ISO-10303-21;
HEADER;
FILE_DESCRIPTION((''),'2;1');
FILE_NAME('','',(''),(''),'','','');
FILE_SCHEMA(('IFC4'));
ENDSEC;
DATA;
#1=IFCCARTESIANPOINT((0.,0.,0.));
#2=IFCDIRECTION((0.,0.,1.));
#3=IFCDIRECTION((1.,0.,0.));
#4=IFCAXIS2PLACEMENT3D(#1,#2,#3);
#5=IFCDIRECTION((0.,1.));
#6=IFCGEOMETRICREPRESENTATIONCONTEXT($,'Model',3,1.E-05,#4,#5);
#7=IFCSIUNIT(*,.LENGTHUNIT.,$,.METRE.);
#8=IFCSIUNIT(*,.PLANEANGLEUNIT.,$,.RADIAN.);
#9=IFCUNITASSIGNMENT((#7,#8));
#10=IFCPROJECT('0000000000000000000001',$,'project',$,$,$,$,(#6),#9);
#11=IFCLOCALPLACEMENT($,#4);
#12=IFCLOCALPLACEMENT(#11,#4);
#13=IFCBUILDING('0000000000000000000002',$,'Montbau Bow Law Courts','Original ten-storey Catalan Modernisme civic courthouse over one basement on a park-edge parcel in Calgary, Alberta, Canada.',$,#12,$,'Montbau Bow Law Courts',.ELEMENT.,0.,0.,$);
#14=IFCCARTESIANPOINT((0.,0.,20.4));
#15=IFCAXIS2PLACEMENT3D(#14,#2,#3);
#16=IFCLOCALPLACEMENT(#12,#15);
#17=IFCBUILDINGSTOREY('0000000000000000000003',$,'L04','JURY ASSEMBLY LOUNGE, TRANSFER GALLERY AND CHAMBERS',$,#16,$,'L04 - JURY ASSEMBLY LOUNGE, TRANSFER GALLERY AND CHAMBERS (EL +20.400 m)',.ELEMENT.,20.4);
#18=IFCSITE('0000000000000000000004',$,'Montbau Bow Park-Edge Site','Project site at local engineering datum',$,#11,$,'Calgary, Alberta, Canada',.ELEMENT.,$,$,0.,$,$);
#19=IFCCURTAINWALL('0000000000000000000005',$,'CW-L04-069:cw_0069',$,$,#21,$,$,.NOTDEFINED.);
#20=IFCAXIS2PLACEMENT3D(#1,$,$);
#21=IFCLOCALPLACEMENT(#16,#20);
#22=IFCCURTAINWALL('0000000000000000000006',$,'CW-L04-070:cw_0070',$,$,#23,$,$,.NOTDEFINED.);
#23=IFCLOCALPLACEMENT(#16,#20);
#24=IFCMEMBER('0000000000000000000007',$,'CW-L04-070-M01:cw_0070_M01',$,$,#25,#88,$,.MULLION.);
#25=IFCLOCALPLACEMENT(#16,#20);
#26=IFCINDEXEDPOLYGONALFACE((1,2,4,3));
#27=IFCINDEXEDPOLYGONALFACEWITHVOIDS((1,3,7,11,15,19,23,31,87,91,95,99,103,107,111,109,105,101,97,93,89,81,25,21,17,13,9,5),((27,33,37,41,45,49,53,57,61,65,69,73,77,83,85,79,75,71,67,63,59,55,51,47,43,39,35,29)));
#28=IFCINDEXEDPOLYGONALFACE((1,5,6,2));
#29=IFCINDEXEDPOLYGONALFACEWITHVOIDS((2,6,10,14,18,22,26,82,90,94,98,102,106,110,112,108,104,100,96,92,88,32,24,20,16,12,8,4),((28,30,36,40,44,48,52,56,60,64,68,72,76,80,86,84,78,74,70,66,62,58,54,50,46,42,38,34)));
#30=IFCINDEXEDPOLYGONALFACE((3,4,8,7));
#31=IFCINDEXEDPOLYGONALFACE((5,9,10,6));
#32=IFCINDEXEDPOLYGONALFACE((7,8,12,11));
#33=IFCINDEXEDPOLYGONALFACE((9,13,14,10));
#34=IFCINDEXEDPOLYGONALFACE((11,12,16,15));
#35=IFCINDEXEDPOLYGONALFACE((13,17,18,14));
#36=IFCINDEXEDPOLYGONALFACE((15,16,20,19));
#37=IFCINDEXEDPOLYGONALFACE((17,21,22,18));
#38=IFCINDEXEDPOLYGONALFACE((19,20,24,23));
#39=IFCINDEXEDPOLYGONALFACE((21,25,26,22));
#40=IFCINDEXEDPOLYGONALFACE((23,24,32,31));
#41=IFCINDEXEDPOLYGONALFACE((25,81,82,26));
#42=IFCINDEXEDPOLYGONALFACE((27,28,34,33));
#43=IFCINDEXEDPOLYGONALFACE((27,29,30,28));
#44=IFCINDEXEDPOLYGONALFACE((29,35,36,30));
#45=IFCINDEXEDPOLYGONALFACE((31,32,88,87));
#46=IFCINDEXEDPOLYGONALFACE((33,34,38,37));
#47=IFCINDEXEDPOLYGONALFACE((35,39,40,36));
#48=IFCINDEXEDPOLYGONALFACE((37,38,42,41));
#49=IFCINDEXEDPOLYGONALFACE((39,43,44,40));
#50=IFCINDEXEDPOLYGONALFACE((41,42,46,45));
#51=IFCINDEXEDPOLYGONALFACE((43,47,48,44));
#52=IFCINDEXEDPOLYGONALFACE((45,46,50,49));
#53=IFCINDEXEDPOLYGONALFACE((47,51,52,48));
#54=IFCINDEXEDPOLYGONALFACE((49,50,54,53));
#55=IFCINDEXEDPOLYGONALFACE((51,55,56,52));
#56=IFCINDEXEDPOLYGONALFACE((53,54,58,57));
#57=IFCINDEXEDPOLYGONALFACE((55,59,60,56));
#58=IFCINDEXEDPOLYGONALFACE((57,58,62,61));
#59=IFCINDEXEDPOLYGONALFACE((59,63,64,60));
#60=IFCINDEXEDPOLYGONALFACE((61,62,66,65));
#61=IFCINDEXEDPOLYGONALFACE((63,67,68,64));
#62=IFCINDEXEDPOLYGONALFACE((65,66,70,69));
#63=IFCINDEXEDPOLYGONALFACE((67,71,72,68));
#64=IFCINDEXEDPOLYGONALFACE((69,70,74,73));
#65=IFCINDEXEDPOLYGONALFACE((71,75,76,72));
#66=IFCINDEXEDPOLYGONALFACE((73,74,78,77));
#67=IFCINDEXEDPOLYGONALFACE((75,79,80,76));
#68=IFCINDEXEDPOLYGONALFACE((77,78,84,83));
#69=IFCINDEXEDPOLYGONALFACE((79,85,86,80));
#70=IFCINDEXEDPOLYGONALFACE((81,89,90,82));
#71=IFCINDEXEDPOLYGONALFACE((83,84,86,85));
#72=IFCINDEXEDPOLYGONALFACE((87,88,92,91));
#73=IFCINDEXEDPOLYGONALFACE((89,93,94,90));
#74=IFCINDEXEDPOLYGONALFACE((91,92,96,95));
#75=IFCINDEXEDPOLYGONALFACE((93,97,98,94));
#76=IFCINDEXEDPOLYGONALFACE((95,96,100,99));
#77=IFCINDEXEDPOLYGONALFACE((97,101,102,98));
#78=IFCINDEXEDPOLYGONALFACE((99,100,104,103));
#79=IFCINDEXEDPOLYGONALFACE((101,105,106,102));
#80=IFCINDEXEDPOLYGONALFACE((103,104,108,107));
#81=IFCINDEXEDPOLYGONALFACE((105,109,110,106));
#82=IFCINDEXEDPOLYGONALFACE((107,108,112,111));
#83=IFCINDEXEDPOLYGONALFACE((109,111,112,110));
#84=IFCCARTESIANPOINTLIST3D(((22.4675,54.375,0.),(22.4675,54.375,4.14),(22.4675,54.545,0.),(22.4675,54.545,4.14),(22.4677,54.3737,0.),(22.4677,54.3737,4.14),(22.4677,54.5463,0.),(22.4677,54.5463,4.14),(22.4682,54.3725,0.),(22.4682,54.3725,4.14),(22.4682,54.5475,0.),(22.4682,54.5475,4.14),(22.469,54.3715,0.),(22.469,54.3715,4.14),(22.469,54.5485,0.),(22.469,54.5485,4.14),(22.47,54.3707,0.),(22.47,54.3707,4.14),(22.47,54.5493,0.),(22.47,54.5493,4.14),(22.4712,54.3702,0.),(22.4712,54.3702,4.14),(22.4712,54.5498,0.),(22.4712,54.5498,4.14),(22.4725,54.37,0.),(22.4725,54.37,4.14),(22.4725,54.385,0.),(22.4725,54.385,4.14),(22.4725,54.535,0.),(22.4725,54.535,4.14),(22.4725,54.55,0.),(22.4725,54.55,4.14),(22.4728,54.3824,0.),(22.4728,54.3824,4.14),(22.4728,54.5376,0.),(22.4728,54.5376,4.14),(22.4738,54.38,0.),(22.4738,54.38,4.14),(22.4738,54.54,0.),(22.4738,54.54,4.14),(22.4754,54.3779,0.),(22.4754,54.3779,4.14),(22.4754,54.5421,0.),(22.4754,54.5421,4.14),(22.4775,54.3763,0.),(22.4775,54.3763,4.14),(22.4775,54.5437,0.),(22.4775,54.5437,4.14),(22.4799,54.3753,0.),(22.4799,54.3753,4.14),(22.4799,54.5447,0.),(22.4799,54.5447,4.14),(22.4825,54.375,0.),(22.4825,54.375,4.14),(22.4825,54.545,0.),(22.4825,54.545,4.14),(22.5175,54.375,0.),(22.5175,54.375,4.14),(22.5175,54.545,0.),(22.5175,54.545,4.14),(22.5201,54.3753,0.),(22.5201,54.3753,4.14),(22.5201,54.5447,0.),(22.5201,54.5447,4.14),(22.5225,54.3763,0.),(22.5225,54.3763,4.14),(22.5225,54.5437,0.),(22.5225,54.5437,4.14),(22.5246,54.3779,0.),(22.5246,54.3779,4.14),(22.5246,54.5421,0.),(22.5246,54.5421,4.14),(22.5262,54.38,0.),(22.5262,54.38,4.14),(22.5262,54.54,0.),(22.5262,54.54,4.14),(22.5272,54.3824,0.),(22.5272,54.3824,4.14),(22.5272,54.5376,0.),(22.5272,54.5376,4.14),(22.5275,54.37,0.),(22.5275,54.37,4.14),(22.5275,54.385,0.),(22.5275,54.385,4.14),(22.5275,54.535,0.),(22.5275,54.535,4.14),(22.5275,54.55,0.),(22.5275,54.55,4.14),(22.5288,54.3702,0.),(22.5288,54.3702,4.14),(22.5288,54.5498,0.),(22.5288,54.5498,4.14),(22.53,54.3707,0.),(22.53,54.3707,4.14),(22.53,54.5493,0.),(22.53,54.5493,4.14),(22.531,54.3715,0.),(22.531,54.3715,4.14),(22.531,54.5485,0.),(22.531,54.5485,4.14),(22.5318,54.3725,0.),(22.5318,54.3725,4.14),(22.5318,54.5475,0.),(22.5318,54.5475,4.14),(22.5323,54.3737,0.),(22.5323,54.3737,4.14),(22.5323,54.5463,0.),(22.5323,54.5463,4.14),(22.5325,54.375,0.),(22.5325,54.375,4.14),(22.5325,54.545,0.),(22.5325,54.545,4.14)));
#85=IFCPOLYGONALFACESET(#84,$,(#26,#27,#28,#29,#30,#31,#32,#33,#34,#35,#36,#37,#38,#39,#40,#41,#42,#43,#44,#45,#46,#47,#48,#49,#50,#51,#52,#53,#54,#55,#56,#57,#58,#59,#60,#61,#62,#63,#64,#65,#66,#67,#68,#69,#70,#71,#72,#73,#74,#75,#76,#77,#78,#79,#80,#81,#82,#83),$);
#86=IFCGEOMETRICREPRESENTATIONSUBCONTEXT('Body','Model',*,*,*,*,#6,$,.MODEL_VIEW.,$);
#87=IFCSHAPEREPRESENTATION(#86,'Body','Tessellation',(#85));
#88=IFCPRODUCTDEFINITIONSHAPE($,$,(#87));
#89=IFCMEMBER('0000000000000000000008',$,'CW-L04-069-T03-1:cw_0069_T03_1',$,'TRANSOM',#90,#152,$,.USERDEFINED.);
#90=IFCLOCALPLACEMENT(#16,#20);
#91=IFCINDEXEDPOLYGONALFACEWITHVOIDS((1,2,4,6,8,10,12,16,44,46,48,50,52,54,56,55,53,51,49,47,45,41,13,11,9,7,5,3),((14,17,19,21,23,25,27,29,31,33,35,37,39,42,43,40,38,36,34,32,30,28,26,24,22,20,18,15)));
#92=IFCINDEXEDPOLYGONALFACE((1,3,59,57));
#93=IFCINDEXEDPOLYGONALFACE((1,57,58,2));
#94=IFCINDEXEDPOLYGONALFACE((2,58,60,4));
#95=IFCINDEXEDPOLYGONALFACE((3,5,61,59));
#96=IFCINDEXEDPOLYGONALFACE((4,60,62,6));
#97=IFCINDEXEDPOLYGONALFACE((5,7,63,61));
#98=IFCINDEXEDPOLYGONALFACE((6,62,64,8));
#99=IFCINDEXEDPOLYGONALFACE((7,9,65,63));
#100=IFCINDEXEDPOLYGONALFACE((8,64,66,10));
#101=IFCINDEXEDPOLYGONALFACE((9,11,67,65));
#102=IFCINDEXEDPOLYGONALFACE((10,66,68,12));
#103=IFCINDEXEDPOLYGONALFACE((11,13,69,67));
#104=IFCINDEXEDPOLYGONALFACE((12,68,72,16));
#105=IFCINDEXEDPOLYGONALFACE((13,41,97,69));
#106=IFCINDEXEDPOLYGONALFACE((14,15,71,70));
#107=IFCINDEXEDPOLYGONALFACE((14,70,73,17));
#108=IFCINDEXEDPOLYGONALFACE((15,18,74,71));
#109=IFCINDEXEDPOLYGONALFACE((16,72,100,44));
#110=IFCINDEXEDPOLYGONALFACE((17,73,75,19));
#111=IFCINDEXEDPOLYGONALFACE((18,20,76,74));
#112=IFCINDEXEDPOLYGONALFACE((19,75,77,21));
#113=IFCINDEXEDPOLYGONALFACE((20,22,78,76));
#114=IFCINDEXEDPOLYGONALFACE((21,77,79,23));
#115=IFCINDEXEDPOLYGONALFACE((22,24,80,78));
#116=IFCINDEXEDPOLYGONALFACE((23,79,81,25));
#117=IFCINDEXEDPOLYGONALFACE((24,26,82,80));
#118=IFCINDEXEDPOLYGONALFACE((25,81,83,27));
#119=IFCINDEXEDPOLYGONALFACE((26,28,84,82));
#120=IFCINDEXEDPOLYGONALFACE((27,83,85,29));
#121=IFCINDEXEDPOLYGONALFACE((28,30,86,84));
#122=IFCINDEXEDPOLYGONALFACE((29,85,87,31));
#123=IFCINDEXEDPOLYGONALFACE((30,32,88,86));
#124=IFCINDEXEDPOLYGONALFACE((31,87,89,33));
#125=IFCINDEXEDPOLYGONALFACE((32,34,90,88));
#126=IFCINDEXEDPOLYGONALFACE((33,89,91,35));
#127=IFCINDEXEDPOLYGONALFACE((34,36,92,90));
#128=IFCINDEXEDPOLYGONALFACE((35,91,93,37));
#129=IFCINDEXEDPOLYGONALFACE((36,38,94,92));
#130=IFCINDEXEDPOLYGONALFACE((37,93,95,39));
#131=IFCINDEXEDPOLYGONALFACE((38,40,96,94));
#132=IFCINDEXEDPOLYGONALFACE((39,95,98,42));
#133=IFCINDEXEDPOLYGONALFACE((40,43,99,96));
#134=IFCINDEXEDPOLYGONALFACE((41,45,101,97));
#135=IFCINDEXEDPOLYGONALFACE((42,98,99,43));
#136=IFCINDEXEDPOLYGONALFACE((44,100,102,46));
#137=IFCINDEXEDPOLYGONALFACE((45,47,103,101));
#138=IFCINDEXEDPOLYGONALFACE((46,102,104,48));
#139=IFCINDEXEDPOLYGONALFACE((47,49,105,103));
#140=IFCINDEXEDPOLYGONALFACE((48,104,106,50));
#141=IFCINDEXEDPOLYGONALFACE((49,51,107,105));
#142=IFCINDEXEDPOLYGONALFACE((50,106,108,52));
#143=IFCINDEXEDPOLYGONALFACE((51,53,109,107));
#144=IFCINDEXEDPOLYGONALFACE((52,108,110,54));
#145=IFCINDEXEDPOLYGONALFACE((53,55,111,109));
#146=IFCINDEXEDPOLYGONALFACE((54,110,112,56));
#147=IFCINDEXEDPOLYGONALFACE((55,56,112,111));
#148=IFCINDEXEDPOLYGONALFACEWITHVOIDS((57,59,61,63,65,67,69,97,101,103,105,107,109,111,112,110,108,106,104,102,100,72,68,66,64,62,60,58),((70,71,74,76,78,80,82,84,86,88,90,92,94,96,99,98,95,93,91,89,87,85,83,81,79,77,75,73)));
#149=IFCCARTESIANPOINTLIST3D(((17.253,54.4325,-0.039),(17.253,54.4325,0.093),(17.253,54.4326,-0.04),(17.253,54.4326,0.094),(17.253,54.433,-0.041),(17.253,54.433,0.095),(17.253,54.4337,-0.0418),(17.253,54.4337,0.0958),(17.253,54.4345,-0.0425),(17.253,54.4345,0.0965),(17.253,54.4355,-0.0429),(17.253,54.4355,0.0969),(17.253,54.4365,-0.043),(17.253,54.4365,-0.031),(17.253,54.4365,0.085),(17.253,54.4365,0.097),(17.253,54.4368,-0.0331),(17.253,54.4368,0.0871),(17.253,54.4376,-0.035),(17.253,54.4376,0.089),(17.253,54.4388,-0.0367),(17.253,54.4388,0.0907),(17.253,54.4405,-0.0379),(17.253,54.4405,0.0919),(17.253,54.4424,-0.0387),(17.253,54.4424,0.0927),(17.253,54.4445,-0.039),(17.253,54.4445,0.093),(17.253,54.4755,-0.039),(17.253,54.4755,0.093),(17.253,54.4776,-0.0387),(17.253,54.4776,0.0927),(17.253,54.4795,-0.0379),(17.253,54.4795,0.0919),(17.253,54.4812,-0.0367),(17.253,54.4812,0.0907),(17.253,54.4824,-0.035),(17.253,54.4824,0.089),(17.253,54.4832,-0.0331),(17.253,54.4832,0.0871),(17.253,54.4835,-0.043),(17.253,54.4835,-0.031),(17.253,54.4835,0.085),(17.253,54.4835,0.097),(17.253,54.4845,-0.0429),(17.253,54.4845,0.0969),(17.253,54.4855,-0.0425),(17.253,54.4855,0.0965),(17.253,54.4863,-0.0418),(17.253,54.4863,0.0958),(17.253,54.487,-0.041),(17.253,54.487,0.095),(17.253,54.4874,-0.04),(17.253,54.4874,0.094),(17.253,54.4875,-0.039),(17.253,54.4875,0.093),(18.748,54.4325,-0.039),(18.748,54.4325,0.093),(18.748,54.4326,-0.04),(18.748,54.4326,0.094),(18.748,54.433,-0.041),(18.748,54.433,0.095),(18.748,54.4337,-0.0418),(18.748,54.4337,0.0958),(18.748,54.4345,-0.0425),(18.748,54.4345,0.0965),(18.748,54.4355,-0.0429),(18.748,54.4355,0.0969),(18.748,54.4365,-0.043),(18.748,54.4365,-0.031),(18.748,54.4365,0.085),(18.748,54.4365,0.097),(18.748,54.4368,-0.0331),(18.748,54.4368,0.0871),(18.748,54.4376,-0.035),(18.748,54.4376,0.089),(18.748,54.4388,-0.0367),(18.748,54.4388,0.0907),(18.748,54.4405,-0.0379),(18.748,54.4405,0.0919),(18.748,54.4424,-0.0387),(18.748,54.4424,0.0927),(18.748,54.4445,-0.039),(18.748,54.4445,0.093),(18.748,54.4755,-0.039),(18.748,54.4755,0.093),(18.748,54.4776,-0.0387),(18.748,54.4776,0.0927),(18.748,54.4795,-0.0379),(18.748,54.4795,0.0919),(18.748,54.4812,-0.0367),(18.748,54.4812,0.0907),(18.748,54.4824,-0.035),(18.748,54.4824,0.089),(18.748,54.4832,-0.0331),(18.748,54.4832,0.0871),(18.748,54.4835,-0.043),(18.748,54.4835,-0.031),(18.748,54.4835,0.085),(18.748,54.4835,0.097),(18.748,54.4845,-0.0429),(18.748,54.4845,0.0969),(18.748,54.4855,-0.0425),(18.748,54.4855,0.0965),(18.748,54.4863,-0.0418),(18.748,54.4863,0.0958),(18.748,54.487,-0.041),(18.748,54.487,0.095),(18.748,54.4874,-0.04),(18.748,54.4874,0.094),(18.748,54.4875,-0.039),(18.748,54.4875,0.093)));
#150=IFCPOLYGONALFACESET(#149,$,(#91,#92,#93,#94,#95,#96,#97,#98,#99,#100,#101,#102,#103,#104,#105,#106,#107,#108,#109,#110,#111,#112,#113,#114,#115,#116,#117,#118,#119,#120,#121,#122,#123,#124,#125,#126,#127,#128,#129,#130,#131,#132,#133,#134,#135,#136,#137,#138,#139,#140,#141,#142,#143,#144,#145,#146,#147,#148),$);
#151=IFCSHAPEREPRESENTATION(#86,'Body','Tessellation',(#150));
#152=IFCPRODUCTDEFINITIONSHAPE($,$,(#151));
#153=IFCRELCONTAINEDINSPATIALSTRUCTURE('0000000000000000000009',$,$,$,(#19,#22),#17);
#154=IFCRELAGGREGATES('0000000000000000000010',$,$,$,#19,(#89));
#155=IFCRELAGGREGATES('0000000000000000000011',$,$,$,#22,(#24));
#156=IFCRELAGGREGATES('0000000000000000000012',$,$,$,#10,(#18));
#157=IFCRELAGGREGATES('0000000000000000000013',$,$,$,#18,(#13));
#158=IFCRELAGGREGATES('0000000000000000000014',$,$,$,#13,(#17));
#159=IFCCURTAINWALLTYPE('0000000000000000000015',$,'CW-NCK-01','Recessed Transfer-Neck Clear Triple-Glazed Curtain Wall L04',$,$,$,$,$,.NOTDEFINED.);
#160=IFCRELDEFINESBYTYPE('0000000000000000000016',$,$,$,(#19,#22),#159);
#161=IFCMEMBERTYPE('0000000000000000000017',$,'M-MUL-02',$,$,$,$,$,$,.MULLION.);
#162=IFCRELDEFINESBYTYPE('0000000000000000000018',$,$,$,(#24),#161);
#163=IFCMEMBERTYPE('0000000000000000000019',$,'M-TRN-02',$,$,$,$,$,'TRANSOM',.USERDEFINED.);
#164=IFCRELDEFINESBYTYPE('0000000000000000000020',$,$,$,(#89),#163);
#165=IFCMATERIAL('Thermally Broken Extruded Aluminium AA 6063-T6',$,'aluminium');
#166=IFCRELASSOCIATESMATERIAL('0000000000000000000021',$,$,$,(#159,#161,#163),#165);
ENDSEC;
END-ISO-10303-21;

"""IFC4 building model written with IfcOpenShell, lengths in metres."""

from ifc_helpers import new_model, si_unit, direction, frame, origin_with_axes, origin_2d_with_axis, place, context, subcontext, project, spatial, hollow_rectangle, extrude, material, material_profile, profile_set, type_object, element, aggregate, save


model = new_model("IFC4")

# Units and contexts
model_context = context("Model", 3, precision=1e-05, world=origin_with_axes(), true_north=direction((0.0, 1.0)))
body_context = subcontext(model_context, "Body", "Model", "MODEL_VIEW")
ifc_project = project(units=[si_unit("LENGTHUNIT", "METRE"), si_unit("PLANEANGLEUNIT", "RADIAN")], contexts=[model_context])

# Site, building, storey
site_placement = place(None, origin_with_axes())
site = spatial("IfcSite", under=ifc_project, at=site_placement, Name="Montbau Bow Park-Edge Site", Description="Project site at local engineering datum", LongName="Calgary, Alberta, Canada", CompositionType="ELEMENT", RefElevation=0.0)
building_placement = place(site_placement, origin_with_axes())
building = spatial("IfcBuilding", under=site, at=building_placement, Name="Montbau Bow Law Courts", Description="Original ten-storey Catalan Modernisme civic courthouse over one basement on a park-edge parcel in Calgary, Alberta, Canada.", LongName="Montbau Bow Law Courts", CompositionType="ELEMENT", ElevationOfRefHeight=0.0, ElevationOfTerrain=0.0)
storey_placement = place(building_placement, frame((0.0, 0.0, 20.4), z_axis=(0.0, 0.0, 1.0), x_axis=(1.0, 0.0, 0.0)))
storey = spatial("IfcBuildingStorey", under=building, at=storey_placement, Name="L04", Description="JURY ASSEMBLY LOUNGE, TRANSFER GALLERY AND CHAMBERS", LongName="L04 - JURY ASSEMBLY LOUNGE, TRANSFER GALLERY AND CHAMBERS (EL +20.400 m)", CompositionType="ELEMENT", Elevation=20.4)

# Curtain wall
ifc_material_1 = material(Name="Thermally Broken Extruded Aluminium AA 6063-T6", Category="aluminium")
curtain_wall_type = type_object("IfcCurtainWallType", Name="CW-NCK-01", Description="Recessed Transfer-Neck Clear Triple-Glazed Curtain Wall L04", PredefinedType="NOTDEFINED", material=ifc_material_1)
curtain_wall_1_placement = place(None, frame((14.068, 54.46, 20.4), z_axis=(0.0, 0.0, 1.0), x_axis=(1.0, 0.0, 0.0)))
curtain_wall_1 = element("IfcCurtainWall", 1, at=curtain_wall_1_placement, inside=storey, type_object=curtain_wall_type, Name="CW-L04-069:cw_0069", PredefinedType="NOTDEFINED")

# Curtain wall, member
curtain_wall_2_placement = place(None, frame((22.467, 54.46, 20.4), z_axis=(0.0, 0.0, 1.0), x_axis=(1.0, 0.0, 0.0)))
curtain_wall_2 = element("IfcCurtainWall", 2, at=curtain_wall_2_placement, inside=storey, type_object=curtain_wall_type, Name="CW-L04-070:cw_0070", PredefinedType="NOTDEFINED")
ifc_material_profile_1 = material_profile(ifc_material_1, hollow_rectangle(XDim=0.065, YDim=0.18, WallThickness=0.005, InnerFilletRadius=0.01, OuterFilletRadius=0.005, at=origin_2d_with_axis()), Name="CWM-180X65", Category="Main", Priority=0)
ifc_profile_set_1 = profile_set([ifc_material_profile_1], Name="Thermally Broken Extruded Aluminium AA 6063-T6")
member_type_1 = type_object("IfcMemberType", Name="M-MUL-02", PredefinedType="MULLION", material=ifc_profile_set_1)
member_1_placement = place(None, frame((22.5, 54.46, 20.4), z_axis=(0.0, 0.0, 1.0), x_axis=(1.0, 0.0, 0.0)))
member_1 = element("IfcMember", 3, at=member_1_placement, type_object=member_type_1, Name="CW-L04-070-M01:cw_0070_M01", PredefinedType="MULLION", context=body_context, shape_type="SweptSolid", body=[
    extrude(hollow_rectangle(XDim=0.065, YDim=0.18, WallThickness=0.005, InnerFilletRadius=0.01, OuterFilletRadius=0.005, at=origin_2d_with_axis()), origin_with_axes(), (0.0, 0.0, 1.0), 4.14),
])

# Member
ifc_material_profile_2 = material_profile(ifc_material_1, hollow_rectangle(XDim=0.055, YDim=0.14, WallThickness=0.004, InnerFilletRadius=0.008, OuterFilletRadius=0.004, at=origin_2d_with_axis()), Name="CWT-140X55", Category="Main", Priority=0)
ifc_profile_set_2 = profile_set([ifc_material_profile_2], Name="Thermally Broken Extruded Aluminium AA 6063-T6")
member_type_2 = type_object("IfcMemberType", Name="M-TRN-02", ElementType="TRANSOM", PredefinedType="USERDEFINED", material=ifc_profile_set_2)
member_2_placement = place(None, frame((17.253, 54.46, 20.427), z_axis=(1.0, 0.0, 0.0), x_axis=(0.0, 1.0, 0.0)))
member_2 = element("IfcMember", 4, at=member_2_placement, type_object=member_type_2, Name="CW-L04-069-T03-1:cw_0069_T03_1", ObjectType="TRANSOM", PredefinedType="USERDEFINED", context=body_context, shape_type="SweptSolid", body=[
    extrude(hollow_rectangle(XDim=0.055, YDim=0.14, WallThickness=0.004, InnerFilletRadius=0.008, OuterFilletRadius=0.004, at=origin_2d_with_axis()), origin_with_axes(), (0.0, 0.0, 1.0), 1.495),
])

aggregate(curtain_wall_1, [member_2])
aggregate(curtain_wall_2, [member_1])

save(model, "model.ifc")
